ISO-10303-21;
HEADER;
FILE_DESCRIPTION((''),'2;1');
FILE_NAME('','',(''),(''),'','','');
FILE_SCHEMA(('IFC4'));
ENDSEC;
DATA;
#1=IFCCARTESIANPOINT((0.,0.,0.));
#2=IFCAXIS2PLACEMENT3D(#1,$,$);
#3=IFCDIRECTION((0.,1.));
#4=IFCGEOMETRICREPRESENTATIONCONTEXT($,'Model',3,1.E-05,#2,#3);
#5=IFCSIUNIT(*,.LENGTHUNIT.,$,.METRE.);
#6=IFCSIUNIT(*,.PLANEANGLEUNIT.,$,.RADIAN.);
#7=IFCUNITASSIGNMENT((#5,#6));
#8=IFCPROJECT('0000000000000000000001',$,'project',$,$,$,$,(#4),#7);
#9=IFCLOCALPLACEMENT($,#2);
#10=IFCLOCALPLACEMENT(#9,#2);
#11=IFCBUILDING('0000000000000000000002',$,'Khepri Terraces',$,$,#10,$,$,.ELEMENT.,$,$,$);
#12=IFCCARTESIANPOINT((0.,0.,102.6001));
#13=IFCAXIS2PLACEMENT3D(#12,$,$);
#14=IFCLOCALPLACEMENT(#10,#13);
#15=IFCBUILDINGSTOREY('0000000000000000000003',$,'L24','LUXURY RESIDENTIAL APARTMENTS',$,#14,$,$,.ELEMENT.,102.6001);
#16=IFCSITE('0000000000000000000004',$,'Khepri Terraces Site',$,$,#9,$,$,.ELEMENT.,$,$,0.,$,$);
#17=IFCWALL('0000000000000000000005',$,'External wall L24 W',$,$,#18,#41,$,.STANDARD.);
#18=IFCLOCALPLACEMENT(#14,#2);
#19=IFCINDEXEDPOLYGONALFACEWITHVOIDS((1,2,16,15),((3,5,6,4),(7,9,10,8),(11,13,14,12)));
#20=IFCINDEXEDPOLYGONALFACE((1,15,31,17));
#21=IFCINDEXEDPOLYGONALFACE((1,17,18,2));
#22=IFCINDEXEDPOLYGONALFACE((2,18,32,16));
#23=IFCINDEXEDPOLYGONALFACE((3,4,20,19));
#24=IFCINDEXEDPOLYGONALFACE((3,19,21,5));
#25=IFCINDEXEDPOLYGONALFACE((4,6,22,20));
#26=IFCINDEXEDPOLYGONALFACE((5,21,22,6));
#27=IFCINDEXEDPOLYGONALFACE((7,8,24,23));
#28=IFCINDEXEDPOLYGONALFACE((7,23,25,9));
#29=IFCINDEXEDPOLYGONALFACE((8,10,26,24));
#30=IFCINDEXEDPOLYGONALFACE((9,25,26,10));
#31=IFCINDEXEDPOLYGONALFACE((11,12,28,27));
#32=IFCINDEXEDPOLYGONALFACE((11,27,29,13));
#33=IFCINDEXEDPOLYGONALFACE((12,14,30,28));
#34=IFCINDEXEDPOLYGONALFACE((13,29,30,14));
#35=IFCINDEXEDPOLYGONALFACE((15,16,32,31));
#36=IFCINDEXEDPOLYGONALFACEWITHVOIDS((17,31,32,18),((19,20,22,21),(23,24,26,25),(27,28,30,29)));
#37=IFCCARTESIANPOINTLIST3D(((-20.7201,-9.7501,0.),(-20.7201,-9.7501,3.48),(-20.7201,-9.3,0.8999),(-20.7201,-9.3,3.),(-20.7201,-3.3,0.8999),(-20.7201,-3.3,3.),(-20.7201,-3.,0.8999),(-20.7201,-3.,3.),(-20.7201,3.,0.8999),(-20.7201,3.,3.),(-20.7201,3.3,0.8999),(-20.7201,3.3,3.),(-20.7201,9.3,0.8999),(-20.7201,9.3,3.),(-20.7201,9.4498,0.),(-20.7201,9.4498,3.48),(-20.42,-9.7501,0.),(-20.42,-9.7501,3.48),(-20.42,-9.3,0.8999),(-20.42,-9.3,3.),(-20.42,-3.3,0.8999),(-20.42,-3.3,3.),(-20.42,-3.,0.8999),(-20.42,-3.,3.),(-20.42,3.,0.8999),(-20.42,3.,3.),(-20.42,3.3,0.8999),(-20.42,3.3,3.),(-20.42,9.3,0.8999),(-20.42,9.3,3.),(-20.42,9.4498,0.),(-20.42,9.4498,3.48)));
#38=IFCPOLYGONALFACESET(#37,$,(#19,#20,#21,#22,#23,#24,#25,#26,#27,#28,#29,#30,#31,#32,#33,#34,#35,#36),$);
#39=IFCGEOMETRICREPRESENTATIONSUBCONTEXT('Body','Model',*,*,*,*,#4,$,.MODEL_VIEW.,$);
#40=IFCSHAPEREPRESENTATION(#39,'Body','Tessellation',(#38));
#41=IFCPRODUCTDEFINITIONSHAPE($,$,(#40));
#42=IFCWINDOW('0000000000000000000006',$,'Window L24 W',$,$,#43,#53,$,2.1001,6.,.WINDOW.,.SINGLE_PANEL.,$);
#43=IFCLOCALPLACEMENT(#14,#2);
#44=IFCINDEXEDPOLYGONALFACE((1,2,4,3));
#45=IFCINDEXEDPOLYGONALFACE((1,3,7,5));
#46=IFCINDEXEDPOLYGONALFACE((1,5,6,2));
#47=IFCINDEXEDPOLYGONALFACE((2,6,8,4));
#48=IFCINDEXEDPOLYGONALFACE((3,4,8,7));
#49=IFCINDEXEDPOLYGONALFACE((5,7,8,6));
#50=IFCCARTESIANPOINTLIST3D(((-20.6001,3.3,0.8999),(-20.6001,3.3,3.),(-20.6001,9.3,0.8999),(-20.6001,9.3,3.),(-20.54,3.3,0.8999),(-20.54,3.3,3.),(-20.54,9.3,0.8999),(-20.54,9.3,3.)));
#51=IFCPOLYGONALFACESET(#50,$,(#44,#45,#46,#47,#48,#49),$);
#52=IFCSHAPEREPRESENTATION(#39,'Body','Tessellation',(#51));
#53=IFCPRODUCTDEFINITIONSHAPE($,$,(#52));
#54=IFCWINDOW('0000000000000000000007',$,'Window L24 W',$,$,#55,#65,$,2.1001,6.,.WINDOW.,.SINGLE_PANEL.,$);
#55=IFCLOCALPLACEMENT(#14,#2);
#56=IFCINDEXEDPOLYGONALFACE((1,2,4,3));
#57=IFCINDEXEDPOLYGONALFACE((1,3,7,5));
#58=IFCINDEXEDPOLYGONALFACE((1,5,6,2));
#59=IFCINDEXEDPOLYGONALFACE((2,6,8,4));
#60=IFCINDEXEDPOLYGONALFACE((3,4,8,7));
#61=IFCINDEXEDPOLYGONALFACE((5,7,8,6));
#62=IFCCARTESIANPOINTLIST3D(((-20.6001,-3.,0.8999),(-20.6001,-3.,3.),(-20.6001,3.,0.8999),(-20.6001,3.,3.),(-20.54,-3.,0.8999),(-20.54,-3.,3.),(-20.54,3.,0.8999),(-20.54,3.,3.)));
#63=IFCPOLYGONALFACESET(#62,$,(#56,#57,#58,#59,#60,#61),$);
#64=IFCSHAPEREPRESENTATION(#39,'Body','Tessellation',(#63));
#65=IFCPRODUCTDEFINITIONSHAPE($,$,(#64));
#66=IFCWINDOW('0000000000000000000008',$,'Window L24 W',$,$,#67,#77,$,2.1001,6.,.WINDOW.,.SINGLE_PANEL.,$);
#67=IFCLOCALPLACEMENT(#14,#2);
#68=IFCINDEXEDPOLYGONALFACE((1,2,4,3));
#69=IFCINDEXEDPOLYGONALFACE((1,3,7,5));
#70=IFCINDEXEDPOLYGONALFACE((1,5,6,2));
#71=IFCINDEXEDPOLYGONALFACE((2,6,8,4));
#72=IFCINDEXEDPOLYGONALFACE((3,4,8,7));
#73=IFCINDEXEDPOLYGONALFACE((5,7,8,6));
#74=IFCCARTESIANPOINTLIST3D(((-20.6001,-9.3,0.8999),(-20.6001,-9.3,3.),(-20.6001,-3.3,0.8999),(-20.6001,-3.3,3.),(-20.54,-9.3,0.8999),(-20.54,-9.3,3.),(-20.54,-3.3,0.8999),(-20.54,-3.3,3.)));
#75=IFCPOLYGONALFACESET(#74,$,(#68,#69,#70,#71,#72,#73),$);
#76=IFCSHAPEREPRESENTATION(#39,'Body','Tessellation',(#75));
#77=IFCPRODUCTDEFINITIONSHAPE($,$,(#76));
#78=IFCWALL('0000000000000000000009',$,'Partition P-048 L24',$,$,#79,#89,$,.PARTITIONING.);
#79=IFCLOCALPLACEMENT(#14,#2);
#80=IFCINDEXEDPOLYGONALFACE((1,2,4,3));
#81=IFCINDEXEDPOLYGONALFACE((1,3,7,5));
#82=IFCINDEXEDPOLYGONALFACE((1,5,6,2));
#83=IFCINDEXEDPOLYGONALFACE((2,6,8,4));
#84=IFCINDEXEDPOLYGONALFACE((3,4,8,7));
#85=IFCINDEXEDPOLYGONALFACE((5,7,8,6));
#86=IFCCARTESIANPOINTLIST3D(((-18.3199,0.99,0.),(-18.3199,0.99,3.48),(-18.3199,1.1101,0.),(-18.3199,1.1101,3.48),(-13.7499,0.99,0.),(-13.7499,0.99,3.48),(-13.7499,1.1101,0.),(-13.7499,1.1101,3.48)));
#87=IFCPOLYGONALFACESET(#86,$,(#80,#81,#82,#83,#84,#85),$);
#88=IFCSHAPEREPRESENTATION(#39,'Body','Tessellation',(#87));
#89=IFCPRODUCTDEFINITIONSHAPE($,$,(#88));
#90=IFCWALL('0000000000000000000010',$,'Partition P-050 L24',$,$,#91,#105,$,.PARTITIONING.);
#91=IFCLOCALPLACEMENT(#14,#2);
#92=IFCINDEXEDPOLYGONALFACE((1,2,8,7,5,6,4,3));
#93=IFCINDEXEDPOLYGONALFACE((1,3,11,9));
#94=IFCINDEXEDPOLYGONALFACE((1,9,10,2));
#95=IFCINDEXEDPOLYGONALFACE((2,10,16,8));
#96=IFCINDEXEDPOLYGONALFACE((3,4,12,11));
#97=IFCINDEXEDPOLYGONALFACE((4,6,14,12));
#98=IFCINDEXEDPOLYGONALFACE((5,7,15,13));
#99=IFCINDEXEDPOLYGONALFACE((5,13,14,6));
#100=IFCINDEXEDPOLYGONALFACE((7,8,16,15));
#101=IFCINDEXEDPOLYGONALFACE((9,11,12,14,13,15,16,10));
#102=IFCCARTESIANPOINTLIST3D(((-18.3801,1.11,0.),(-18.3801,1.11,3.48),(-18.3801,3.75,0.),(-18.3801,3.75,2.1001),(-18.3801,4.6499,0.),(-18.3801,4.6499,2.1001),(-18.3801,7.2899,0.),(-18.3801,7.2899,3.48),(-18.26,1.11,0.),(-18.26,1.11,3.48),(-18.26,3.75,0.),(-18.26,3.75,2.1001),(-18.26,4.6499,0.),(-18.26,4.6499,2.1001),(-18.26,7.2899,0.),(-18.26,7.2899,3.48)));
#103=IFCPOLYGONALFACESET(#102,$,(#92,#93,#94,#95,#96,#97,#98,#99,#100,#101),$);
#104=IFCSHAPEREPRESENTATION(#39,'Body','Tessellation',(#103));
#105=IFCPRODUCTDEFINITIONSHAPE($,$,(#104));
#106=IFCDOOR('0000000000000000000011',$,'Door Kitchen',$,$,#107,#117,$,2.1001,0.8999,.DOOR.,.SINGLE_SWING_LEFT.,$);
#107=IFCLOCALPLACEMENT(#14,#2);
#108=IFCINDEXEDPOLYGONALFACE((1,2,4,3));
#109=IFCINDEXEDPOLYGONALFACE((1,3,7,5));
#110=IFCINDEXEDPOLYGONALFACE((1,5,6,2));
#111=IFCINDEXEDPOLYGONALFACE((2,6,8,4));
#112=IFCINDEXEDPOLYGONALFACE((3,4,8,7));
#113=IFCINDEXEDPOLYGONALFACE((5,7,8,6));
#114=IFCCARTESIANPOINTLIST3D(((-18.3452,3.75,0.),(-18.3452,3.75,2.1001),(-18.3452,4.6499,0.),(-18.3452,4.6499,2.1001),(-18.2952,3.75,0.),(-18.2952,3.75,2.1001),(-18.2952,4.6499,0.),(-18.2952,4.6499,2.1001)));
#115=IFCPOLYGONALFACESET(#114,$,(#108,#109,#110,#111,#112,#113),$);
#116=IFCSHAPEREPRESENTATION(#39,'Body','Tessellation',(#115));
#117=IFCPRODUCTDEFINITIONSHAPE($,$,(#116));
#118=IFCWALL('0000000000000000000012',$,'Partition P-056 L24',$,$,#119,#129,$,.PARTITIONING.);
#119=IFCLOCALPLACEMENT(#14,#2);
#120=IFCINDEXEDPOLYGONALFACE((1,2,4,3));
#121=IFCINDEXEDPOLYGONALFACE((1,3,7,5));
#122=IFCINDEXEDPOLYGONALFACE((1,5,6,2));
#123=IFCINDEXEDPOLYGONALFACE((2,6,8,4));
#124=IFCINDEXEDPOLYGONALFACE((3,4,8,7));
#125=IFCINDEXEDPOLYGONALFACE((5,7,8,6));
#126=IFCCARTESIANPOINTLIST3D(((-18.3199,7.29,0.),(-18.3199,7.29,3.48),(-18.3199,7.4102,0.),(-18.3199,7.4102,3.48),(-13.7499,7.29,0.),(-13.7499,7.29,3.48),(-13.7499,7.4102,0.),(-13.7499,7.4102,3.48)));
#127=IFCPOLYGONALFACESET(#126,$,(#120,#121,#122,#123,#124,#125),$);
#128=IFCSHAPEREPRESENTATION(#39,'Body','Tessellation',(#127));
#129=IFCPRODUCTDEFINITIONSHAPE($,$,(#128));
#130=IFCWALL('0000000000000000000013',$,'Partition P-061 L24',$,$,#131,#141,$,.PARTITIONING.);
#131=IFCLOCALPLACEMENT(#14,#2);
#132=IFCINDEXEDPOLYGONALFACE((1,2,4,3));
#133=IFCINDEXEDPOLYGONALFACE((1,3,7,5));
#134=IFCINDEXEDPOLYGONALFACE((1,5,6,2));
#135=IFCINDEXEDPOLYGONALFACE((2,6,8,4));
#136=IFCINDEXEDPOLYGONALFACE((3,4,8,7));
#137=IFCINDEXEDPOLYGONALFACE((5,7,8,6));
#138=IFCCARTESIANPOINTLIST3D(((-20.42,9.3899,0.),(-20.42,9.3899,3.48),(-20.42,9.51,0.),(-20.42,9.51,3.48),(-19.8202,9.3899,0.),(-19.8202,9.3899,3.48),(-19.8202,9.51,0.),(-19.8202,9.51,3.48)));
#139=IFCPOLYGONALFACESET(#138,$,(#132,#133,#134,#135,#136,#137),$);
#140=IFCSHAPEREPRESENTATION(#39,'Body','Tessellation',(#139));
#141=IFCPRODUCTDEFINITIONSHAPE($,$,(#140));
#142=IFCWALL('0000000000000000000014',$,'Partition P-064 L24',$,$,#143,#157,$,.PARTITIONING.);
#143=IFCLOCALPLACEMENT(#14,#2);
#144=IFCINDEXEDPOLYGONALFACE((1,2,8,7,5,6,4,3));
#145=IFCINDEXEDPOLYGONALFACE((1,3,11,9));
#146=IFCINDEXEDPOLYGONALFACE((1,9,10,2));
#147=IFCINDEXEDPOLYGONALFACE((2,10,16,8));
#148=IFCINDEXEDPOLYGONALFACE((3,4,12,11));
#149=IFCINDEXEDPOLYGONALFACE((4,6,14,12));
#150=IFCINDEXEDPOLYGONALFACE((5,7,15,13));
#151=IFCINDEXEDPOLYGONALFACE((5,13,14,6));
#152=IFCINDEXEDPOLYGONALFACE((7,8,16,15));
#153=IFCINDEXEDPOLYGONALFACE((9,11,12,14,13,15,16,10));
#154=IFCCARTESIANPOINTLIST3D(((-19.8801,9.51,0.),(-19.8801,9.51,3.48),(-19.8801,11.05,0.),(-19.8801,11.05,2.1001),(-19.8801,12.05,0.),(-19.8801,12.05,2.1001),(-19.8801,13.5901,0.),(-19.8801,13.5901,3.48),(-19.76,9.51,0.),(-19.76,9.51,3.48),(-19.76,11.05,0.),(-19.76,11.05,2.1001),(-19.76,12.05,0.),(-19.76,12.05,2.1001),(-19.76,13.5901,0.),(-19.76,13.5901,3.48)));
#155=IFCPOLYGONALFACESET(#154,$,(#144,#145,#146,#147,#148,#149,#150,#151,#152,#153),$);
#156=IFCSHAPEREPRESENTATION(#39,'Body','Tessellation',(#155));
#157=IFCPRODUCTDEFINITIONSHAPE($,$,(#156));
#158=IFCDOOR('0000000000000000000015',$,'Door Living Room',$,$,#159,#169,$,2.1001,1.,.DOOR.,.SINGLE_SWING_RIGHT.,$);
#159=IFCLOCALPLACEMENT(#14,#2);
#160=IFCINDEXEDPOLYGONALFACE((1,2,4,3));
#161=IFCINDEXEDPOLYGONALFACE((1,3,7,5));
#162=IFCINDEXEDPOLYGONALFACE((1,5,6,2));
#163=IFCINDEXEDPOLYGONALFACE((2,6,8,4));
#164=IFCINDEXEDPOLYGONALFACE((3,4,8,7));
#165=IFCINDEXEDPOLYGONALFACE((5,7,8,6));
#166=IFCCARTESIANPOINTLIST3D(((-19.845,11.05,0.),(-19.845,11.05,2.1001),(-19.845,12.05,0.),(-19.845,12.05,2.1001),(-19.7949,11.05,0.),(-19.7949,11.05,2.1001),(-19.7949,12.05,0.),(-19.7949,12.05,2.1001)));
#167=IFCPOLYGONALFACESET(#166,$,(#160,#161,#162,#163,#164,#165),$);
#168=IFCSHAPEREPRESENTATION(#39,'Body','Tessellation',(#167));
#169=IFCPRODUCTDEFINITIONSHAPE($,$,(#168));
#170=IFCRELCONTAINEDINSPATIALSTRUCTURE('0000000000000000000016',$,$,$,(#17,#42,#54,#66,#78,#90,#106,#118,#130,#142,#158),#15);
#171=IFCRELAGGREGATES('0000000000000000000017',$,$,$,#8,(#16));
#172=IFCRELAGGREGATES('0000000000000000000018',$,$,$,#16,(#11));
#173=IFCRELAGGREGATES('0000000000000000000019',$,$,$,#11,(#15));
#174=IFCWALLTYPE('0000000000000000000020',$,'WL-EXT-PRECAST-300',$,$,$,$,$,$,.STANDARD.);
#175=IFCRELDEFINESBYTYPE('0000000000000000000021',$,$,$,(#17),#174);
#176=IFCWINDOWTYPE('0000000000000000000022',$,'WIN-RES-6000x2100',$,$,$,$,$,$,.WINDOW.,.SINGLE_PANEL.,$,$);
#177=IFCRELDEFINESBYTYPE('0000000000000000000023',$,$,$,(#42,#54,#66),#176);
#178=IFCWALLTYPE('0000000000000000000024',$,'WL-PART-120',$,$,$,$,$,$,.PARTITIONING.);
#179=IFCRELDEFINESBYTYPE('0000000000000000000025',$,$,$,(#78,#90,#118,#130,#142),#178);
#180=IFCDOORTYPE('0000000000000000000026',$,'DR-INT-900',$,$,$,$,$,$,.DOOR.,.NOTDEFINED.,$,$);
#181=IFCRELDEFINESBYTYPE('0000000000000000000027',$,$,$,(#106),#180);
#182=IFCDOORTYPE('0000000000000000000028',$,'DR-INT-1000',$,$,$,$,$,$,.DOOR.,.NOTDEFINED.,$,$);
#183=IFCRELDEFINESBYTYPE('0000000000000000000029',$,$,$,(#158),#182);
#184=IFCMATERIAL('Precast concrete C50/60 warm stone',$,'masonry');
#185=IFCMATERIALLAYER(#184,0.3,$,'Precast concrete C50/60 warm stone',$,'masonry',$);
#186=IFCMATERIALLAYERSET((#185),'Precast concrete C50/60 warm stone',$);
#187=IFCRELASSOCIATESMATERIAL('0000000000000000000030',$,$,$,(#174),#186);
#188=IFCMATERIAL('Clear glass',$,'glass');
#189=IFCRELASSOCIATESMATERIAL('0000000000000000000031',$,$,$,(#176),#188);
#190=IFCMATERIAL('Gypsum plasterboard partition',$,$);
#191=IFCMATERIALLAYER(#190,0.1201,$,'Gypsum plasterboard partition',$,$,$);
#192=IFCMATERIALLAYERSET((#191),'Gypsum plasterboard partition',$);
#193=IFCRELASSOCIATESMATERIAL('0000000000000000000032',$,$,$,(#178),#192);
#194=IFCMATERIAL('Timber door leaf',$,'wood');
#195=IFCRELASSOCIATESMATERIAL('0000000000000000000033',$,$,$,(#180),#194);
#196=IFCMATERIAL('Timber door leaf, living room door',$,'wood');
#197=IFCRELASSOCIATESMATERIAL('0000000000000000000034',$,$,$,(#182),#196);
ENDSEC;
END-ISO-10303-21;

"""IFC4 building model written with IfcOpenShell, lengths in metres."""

from ifc_helpers import new_model, si_unit, direction, frame, frame_2d, origin, place, context, subcontext, project, spatial, rectangle, extrude, material, layer, layer_set, type_object, element, fill, save


model = new_model("IFC4")

# Units and contexts
model_context = context("Model", 3, precision=1e-05, world=origin(), true_north=direction((0.0, 1.0)))
body_context = subcontext(model_context, "Body", "Model", "MODEL_VIEW")
ifc_project = project(units=[si_unit("LENGTHUNIT", "METRE"), si_unit("PLANEANGLEUNIT", "RADIAN")], contexts=[model_context])

# Site, building, storey
site_placement = place(None, origin())
site = spatial("IfcSite", under=ifc_project, at=site_placement, Name="Khepri Terraces Site", CompositionType="ELEMENT", RefElevation=0.0)
building_placement = place(site_placement, origin())
building = spatial("IfcBuilding", under=site, at=building_placement, Name="Khepri Terraces", CompositionType="ELEMENT")
storey_placement = place(building_placement, frame((0.0, 0.0, 102.6001)))
storey = spatial("IfcBuildingStorey", under=building, at=storey_placement, Name="L24", Description="LUXURY RESIDENTIAL APARTMENTS", CompositionType="ELEMENT", Elevation=102.6001)

# Shared definitions
ifc_material_1 = material(Name="Precast concrete C50/60 warm stone", Category="masonry")
ifc_layer_1 = layer(ifc_material_1, 0.3, Name="Precast concrete C50/60 warm stone", Category="masonry")
ifc_layer_set_1 = layer_set([ifc_layer_1], Name="Precast concrete C50/60 warm stone")
wall_type_1 = type_object("IfcWallType", Name="WL-EXT-PRECAST-300", PredefinedType="STANDARD", material=ifc_layer_set_1)

# Wall, openings, windows
wall_1_placement = place(storey_placement, frame((-20.5701, 9.45, 0.0), z_axis=(0.0, 0.0, 1.0), x_axis=(0.0, -1.0, 0.0)))
wall_1 = element("IfcWall", 1, at=wall_1_placement, inside=storey, type_object=wall_type_1, Name="External wall L24 W", PredefinedType="STANDARD", context=body_context, shape_type="SweptSolid", body=[
    extrude(rectangle(XDim=19.2, YDim=0.3, at=frame_2d((9.6001, 0.0))), origin(), (0.0, 0.0, 1.0), 3.48),
])
opening_1_placement = place(wall_1_placement, frame((0.1499, 0.0, 0.8999)))
opening_1 = element("IfcOpeningElement", 2, at=opening_1_placement, cuts=wall_1, PredefinedType="OPENING", context=body_context, shape_type="SweptSolid", body=[
    extrude(rectangle(XDim=6.0, YDim=2.1001, at=frame_2d((3.0, 1.05))), frame((0.0, 0.1602, 0.0), z_axis=(0.0, -1.0, 0.0), x_axis=(1.0, 0.0, 0.0)), (0.0, 0.0, 1.0), 0.3201),
])
opening_2_placement = place(wall_1_placement, frame((6.45, 0.0, 0.8999)))
opening_2 = element("IfcOpeningElement", 3, at=opening_2_placement, cuts=wall_1, PredefinedType="OPENING", context=body_context, shape_type="SweptSolid", body=[
    extrude(rectangle(XDim=6.0, YDim=2.1001, at=frame_2d((3.0, 1.05))), frame((0.0, 0.1602, 0.0), z_axis=(0.0, -1.0, 0.0), x_axis=(1.0, 0.0, 0.0)), (0.0, 0.0, 1.0), 0.3201),
])
opening_3_placement = place(wall_1_placement, frame((12.75, 0.0, 0.8999)))
opening_3 = element("IfcOpeningElement", 4, at=opening_3_placement, cuts=wall_1, PredefinedType="OPENING", context=body_context, shape_type="SweptSolid", body=[
    extrude(rectangle(XDim=6.0, YDim=2.1001, at=frame_2d((3.0, 1.05))), frame((0.0, 0.1602, 0.0), z_axis=(0.0, -1.0, 0.0), x_axis=(1.0, 0.0, 0.0)), (0.0, 0.0, 1.0), 0.3201),
])
ifc_material_2 = material(Name="Clear glass", Category="glass")
window_type = type_object("IfcWindowType", Name="WIN-RES-6000x2100", PartitioningType="SINGLE_PANEL", PredefinedType="WINDOW", material=ifc_material_2)
window_1_placement = place(opening_1_placement, origin())
window_1 = element("IfcWindow", 5, at=window_1_placement, inside=storey, type_object=window_type, Name="Window L24 W", OverallHeight=2.1001, OverallWidth=6.0, PartitioningType="SINGLE_PANEL", PredefinedType="WINDOW", context=body_context, shape_type="SweptSolid", body=[
    extrude(rectangle(XDim=6.0, YDim=2.1001, at=frame_2d((3.0, 1.05))), frame((0.0, 0.03, 0.0), z_axis=(0.0, -1.0, 0.0), x_axis=(1.0, 0.0, 0.0)), (0.0, 0.0, 1.0), 0.0601),
])
fill(opening_1, window_1)
window_2_placement = place(opening_2_placement, origin())
window_2 = element("IfcWindow", 6, at=window_2_placement, inside=storey, type_object=window_type, Name="Window L24 W", OverallHeight=2.1001, OverallWidth=6.0, PartitioningType="SINGLE_PANEL", PredefinedType="WINDOW", context=body_context, shape_type="SweptSolid", body=[
    extrude(rectangle(XDim=6.0, YDim=2.1001, at=frame_2d((3.0, 1.05))), frame((0.0, 0.03, 0.0), z_axis=(0.0, -1.0, 0.0), x_axis=(1.0, 0.0, 0.0)), (0.0, 0.0, 1.0), 0.0601),
])
fill(opening_2, window_2)
window_3_placement = place(opening_3_placement, origin())
window_3 = element("IfcWindow", 7, at=window_3_placement, inside=storey, type_object=window_type, Name="Window L24 W", OverallHeight=2.1001, OverallWidth=6.0, PartitioningType="SINGLE_PANEL", PredefinedType="WINDOW", context=body_context, shape_type="SweptSolid", body=[
    extrude(rectangle(XDim=6.0, YDim=2.1001, at=frame_2d((3.0, 1.05))), frame((0.0, 0.03, 0.0), z_axis=(0.0, -1.0, 0.0), x_axis=(1.0, 0.0, 0.0)), (0.0, 0.0, 1.0), 0.0601),
])
fill(opening_3, window_3)

# Wall
ifc_material_3 = material(Name="Gypsum plasterboard partition")
ifc_layer_2 = layer(ifc_material_3, 0.1201, Name="Gypsum plasterboard partition")
ifc_layer_set_2 = layer_set([ifc_layer_2], Name="Gypsum plasterboard partition")
wall_type_2 = type_object("IfcWallType", Name="WL-PART-120", PredefinedType="PARTITIONING", material=ifc_layer_set_2)
wall_2_placement = place(storey_placement, frame((-18.3201, 1.05, 0.0), z_axis=(0.0, 0.0, 1.0), x_axis=(1.0, 0.0, 0.0)))
element("IfcWall", 8, at=wall_2_placement, inside=storey, type_object=wall_type_2, Name="Partition P-048 L24", PredefinedType="PARTITIONING", context=body_context, shape_type="SweptSolid", body=[
    extrude(rectangle(XDim=4.5701, YDim=0.1201, at=frame_2d((2.2852, 0.0))), origin(), (0.0, 0.0, 1.0), 3.48),
])

# Wall, opening, door
wall_3_placement = place(storey_placement, frame((-18.3201, 1.1101, 0.0), z_axis=(0.0, 0.0, 1.0), x_axis=(0.0, 1.0, 0.0)))
wall_3 = element("IfcWall", 9, at=wall_3_placement, inside=storey, type_object=wall_type_2, Name="Partition P-050 L24", PredefinedType="PARTITIONING", context=body_context, shape_type="SweptSolid", body=[
    extrude(rectangle(XDim=6.1799, YDim=0.1201, at=frame_2d((3.0898, 0.0))), origin(), (0.0, 0.0, 1.0), 3.48),
])
opening_4_placement = place(wall_3_placement, frame((2.6399, 0.0, 0.0)))
opening_4 = element("IfcOpeningElement", 10, at=opening_4_placement, cuts=wall_3, PredefinedType="OPENING", context=body_context, shape_type="SweptSolid", body=[
    extrude(rectangle(XDim=0.8999, YDim=2.1001, at=frame_2d((0.45, 1.05))), frame((0.0, 0.0701, 0.0), z_axis=(0.0, -1.0, 0.0), x_axis=(1.0, 0.0, 0.0)), (0.0, 0.0, 1.0), 0.1401),
])
ifc_material_4 = material(Name="Timber door leaf", Category="wood")
door_type_1 = type_object("IfcDoorType", Name="DR-INT-900", OperationType="NOTDEFINED", PredefinedType="DOOR", material=ifc_material_4)
door_1_placement = place(opening_4_placement, frame((0.8999, 0.0, 0.0), z_axis=(0.0, 0.0, 1.0), x_axis=(-1.0, 0.0, 0.0)))
door_1 = element("IfcDoor", 11, at=door_1_placement, inside=storey, type_object=door_type_1, Name="Door Kitchen", OperationType="SINGLE_SWING_LEFT", OverallHeight=2.1001, OverallWidth=0.8999, PredefinedType="DOOR", context=body_context, shape_type="SweptSolid", body=[
    extrude(rectangle(XDim=0.8999, YDim=2.1001, at=frame_2d((0.45, 1.05))), frame((0.0, 0.0249, 0.0), z_axis=(0.0, -1.0, 0.0), x_axis=(1.0, 0.0, 0.0)), (0.0, 0.0, 1.0), 0.05),
])
fill(opening_4, door_1)

# Walls
wall_4_placement = place(storey_placement, frame((-18.3201, 7.3501, 0.0), z_axis=(0.0, 0.0, 1.0), x_axis=(1.0, 0.0, 0.0)))
element("IfcWall", 12, at=wall_4_placement, inside=storey, type_object=wall_type_2, Name="Partition P-056 L24", PredefinedType="PARTITIONING", context=body_context, shape_type="SweptSolid", body=[
    extrude(rectangle(XDim=4.5701, YDim=0.1201, at=frame_2d((2.2852, 0.0))), origin(), (0.0, 0.0, 1.0), 3.48),
])
wall_5_placement = place(storey_placement, frame((-20.4199, 9.45, 0.0), z_axis=(0.0, 0.0, 1.0), x_axis=(1.0, 0.0, 0.0)))
element("IfcWall", 13, at=wall_5_placement, inside=storey, type_object=wall_type_2, Name="Partition P-061 L24", PredefinedType="PARTITIONING", context=body_context, shape_type="SweptSolid", body=[
    extrude(rectangle(XDim=0.5999, YDim=0.1201, at=frame_2d((0.2998, 0.0))), origin(), (0.0, 0.0, 1.0), 3.48),
])

# Wall, opening, door
wall_6_placement = place(storey_placement, frame((-19.8201, 9.51, 0.0), z_axis=(0.0, 0.0, 1.0), x_axis=(0.0, 1.0, 0.0)))
wall_6 = element("IfcWall", 14, at=wall_6_placement, inside=storey, type_object=wall_type_2, Name="Partition P-064 L24", PredefinedType="PARTITIONING", context=body_context, shape_type="SweptSolid", body=[
    extrude(rectangle(XDim=4.0801, YDim=0.1201, at=frame_2d((2.04, 0.0))), origin(), (0.0, 0.0, 1.0), 3.48),
])
opening_5_placement = place(wall_6_placement, frame((1.54, 0.0, 0.0)))
opening_5 = element("IfcOpeningElement", 15, at=opening_5_placement, cuts=wall_6, PredefinedType="OPENING", context=body_context, shape_type="SweptSolid", body=[
    extrude(rectangle(XDim=1.0, YDim=2.1001, at=frame_2d((0.5, 1.05))), frame((0.0, 0.0701, 0.0), z_axis=(0.0, -1.0, 0.0), x_axis=(1.0, 0.0, 0.0)), (0.0, 0.0, 1.0), 0.1401),
])
ifc_material_5 = material(Name="Timber door leaf, living room door", Category="wood")
door_type_2 = type_object("IfcDoorType", Name="DR-INT-1000", OperationType="NOTDEFINED", PredefinedType="DOOR", material=ifc_material_5)
door_2_placement = place(opening_5_placement, origin())
door_2 = element("IfcDoor", 16, at=door_2_placement, inside=storey, type_object=door_type_2, Name="Door Living Room", OperationType="SINGLE_SWING_RIGHT", OverallHeight=2.1001, OverallWidth=1.0, PredefinedType="DOOR", context=body_context, shape_type="SweptSolid", body=[
    extrude(rectangle(XDim=1.0, YDim=2.1001, at=frame_2d((0.5, 1.05))), frame((0.0, 0.0249, 0.0), z_axis=(0.0, -1.0, 0.0), x_axis=(1.0, 0.0, 0.0)), (0.0, 0.0, 1.0), 0.05),
])
fill(opening_5, door_2)

save(model, "model.ifc")
